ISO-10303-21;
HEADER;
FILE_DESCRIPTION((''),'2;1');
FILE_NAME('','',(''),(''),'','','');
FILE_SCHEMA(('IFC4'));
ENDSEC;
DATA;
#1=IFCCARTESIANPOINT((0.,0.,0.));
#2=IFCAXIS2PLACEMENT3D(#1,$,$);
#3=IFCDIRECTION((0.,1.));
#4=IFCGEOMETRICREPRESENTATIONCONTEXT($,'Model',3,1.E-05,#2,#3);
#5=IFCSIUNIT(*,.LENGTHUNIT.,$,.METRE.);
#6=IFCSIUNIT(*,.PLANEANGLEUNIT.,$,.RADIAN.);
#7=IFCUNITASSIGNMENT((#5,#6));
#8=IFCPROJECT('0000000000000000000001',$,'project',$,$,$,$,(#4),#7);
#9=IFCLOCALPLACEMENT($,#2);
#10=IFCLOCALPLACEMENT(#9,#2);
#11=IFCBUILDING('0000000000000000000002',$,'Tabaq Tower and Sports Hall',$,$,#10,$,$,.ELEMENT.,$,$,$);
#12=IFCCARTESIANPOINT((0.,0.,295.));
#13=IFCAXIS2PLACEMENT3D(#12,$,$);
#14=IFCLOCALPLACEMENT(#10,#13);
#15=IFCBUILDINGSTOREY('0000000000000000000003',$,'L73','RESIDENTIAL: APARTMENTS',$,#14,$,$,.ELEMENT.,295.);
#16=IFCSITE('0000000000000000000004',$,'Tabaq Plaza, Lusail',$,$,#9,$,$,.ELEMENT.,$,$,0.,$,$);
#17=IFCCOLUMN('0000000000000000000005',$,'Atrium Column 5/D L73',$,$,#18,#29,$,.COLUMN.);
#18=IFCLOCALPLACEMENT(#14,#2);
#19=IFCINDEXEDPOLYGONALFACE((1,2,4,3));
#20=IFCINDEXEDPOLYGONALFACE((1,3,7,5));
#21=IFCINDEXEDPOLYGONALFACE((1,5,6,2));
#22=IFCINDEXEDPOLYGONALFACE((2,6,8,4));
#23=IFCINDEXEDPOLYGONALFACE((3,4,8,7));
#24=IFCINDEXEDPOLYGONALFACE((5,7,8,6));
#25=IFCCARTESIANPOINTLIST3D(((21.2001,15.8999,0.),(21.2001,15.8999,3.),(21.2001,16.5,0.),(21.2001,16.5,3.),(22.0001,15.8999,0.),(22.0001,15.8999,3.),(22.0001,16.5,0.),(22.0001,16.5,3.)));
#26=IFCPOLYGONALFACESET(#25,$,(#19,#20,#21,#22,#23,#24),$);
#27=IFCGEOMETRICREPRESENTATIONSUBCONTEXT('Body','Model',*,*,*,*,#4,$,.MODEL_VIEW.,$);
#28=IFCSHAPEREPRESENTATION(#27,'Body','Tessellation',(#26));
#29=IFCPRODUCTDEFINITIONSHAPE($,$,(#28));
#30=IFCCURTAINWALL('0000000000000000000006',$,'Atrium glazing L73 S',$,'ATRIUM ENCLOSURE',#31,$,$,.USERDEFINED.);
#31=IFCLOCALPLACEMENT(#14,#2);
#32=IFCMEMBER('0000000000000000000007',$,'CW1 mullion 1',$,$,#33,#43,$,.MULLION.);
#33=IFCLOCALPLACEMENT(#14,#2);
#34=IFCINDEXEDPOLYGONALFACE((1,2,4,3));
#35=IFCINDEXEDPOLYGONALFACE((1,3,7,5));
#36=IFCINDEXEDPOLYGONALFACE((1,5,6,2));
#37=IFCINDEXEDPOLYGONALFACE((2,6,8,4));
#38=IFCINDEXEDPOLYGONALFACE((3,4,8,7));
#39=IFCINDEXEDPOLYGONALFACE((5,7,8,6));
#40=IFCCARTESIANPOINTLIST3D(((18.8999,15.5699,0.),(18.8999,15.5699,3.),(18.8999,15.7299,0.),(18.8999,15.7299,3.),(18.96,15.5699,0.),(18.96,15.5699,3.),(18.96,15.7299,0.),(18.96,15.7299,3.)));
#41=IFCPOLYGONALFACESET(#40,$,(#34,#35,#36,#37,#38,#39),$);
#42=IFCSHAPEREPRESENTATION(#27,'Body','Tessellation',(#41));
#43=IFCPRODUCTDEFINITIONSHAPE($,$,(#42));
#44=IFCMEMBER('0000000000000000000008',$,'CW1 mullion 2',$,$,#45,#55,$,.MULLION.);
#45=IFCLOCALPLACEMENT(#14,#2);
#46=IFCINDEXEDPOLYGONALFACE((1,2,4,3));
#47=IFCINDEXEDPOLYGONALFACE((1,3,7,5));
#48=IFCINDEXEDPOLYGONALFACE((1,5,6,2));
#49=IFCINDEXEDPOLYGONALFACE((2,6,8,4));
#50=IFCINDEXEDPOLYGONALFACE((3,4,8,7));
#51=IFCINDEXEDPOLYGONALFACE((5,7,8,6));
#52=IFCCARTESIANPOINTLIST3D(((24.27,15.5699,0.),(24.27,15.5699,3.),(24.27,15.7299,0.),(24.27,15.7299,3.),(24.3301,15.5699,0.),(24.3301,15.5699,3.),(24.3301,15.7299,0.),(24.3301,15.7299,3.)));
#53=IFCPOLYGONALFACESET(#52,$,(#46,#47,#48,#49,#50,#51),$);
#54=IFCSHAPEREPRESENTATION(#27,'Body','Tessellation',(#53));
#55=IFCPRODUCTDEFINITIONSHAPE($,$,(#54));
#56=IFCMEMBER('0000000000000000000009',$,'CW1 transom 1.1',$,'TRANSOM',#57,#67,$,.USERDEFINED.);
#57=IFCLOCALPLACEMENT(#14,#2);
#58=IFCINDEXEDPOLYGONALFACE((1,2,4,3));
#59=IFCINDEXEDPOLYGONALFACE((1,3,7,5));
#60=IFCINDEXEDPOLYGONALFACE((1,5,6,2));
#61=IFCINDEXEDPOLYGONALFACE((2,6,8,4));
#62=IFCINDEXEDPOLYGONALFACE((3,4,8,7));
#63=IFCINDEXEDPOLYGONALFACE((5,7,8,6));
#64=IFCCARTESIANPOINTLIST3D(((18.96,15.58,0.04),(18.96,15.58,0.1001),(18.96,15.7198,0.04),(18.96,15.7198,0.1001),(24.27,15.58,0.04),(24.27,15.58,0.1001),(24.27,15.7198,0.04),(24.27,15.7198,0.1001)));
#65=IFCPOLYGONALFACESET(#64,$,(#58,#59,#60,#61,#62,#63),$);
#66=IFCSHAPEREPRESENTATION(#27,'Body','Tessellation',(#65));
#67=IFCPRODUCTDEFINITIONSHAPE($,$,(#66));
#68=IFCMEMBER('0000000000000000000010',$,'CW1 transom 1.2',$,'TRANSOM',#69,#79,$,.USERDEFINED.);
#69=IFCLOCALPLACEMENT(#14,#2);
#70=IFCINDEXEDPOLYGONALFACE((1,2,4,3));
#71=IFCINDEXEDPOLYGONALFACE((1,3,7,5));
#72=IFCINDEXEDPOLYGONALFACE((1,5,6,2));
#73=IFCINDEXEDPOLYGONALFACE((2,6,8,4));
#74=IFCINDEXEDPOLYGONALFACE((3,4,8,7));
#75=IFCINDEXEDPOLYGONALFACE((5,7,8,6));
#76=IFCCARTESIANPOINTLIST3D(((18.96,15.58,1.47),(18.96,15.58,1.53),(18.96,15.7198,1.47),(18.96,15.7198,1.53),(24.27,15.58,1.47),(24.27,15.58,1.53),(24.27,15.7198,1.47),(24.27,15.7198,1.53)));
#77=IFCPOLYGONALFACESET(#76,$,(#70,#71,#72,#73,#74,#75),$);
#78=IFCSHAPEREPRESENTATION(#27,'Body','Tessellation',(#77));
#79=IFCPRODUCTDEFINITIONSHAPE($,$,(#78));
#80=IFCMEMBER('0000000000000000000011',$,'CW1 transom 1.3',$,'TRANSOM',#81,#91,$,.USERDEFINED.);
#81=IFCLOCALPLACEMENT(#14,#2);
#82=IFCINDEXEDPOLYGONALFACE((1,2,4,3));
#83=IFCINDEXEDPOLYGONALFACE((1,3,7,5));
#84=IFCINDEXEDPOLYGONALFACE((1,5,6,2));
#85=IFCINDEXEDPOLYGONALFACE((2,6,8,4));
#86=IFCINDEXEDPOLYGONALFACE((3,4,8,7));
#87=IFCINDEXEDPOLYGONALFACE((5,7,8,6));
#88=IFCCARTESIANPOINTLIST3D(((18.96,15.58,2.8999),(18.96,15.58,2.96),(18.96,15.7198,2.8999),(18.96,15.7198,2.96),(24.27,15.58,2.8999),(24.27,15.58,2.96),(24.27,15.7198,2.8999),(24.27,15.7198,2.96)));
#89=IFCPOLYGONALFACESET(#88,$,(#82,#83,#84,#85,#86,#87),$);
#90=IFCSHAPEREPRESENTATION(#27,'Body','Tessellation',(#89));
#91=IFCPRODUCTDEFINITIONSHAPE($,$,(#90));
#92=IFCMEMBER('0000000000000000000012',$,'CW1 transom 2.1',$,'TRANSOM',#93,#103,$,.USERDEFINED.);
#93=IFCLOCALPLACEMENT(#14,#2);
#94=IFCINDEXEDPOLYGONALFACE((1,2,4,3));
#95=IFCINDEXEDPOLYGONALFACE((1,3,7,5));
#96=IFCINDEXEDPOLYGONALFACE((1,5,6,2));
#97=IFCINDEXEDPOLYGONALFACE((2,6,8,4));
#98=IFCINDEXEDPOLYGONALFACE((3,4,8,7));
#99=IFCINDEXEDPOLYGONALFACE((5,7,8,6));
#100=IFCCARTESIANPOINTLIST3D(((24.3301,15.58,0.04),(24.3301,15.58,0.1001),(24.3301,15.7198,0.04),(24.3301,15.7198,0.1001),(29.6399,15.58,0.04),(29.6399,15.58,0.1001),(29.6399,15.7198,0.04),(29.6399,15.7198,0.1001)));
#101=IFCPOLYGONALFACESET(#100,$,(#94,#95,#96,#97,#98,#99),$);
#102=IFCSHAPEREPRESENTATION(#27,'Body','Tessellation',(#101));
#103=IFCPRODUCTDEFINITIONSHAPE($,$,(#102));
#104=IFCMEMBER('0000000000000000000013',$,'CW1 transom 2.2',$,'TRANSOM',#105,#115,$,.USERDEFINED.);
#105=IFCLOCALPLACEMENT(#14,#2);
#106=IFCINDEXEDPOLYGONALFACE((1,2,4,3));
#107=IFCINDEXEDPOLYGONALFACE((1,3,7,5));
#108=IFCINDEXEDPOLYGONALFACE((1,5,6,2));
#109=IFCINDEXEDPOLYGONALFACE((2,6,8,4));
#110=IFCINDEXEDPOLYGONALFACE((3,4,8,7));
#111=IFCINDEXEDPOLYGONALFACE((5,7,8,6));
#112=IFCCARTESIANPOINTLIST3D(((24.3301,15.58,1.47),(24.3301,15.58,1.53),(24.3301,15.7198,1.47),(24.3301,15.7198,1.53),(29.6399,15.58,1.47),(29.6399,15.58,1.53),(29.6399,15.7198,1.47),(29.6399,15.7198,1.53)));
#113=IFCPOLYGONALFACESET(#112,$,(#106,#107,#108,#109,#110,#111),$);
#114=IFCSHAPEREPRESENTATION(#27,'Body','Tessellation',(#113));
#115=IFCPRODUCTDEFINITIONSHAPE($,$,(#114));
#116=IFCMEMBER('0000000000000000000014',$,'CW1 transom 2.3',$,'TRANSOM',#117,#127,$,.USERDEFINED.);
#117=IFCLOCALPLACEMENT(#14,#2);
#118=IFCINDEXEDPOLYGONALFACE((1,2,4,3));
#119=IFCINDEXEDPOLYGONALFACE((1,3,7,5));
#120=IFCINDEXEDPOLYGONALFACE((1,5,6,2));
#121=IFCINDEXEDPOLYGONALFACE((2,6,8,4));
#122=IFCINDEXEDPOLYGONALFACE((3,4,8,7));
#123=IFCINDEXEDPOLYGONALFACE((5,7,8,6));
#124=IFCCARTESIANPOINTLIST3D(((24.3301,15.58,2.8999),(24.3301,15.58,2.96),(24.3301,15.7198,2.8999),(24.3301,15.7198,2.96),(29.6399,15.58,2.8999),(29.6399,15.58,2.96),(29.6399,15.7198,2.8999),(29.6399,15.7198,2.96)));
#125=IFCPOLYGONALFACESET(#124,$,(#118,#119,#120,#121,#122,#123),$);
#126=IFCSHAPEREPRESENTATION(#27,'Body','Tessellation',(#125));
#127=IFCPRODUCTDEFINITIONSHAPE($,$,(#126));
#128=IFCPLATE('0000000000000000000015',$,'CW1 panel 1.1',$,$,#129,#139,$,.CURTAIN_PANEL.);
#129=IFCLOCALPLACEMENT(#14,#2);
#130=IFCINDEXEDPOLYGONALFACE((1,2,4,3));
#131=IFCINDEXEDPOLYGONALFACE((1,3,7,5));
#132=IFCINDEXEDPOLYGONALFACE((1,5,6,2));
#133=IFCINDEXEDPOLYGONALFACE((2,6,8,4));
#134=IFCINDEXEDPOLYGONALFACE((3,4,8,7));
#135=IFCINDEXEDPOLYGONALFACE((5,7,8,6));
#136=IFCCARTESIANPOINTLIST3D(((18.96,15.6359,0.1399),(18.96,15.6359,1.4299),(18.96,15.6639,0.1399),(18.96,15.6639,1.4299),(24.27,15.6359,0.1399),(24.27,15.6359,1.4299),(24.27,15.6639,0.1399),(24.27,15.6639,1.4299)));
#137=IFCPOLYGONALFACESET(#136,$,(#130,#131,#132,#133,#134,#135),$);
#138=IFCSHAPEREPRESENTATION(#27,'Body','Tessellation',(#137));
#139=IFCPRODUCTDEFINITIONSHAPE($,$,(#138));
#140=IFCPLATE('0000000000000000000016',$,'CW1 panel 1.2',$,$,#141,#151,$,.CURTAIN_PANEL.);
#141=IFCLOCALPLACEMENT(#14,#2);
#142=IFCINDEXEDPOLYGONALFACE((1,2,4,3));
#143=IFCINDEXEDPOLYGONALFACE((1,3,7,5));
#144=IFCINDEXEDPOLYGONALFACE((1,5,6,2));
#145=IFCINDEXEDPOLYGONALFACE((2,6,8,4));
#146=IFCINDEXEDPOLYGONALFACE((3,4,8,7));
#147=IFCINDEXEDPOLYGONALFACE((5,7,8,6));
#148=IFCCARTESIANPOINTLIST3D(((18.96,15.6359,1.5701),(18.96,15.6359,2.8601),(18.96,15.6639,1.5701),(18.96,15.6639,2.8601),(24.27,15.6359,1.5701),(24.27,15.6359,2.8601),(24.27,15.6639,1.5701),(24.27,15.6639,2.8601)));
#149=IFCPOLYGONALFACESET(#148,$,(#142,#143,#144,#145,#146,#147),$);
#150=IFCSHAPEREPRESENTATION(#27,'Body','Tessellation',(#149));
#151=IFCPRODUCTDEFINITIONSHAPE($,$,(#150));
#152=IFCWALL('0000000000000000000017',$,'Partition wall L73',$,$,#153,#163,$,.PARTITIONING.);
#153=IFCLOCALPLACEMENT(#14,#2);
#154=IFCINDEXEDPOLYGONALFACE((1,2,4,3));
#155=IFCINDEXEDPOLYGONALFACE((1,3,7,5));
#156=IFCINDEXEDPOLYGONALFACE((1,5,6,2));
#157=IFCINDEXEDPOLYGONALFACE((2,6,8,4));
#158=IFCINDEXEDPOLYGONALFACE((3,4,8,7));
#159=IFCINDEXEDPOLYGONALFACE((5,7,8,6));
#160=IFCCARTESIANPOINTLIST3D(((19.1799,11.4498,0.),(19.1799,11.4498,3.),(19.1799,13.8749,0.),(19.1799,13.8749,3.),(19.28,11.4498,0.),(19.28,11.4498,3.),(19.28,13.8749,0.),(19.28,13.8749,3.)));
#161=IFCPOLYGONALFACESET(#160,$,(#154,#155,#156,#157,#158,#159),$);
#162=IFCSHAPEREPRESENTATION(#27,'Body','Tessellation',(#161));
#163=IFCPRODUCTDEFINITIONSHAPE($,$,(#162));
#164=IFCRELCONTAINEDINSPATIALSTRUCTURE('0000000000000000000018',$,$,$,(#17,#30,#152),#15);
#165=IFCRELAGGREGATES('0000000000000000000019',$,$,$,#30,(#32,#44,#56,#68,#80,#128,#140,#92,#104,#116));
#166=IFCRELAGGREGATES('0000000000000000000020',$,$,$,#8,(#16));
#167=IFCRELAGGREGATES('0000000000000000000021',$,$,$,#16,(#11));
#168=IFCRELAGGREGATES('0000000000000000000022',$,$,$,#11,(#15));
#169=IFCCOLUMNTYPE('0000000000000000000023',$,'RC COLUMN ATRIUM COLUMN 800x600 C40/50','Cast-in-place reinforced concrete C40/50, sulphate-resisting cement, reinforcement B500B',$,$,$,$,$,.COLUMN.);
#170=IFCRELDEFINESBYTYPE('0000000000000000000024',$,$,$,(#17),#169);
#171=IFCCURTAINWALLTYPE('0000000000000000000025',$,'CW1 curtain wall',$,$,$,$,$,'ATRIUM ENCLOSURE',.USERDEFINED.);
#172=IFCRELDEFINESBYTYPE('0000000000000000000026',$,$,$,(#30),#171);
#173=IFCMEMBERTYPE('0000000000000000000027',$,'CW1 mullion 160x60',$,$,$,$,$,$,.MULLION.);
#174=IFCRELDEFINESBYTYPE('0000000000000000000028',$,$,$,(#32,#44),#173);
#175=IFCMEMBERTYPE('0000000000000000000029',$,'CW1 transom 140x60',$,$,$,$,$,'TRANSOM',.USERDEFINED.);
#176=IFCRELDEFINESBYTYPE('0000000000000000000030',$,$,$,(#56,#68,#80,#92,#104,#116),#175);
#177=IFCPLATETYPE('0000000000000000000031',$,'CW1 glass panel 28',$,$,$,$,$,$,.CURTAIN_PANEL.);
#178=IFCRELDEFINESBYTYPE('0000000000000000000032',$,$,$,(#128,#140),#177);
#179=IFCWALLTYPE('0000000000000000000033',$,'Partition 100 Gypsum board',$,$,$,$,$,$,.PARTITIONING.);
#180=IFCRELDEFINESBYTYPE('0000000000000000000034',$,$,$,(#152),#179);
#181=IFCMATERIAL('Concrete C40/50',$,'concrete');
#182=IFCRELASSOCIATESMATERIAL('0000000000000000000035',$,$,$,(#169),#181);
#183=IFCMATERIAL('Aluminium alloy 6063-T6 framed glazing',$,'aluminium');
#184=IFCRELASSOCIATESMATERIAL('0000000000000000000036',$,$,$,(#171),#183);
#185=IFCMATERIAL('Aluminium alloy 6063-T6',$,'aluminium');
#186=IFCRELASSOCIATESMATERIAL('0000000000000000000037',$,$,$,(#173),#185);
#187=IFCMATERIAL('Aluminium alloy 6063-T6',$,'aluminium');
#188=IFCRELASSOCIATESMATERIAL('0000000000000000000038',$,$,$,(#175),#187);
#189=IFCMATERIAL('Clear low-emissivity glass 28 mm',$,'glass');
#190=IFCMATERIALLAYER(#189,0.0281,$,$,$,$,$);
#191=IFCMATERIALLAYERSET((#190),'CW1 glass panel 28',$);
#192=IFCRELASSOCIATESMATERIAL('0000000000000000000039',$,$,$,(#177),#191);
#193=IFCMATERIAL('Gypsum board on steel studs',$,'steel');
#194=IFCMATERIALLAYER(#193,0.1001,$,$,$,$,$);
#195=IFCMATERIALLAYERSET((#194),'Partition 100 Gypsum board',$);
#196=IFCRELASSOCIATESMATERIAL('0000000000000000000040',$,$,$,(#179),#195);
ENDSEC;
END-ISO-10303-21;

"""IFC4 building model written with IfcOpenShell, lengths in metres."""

from ifc_helpers import new_model, si_unit, direction, frame, frame_2d, origin, origin_2d, place, context, subcontext, project, spatial, rectangle, extrude, material, layer, layer_set, material_profile, profile_set, type_object, element, aggregate, save


model = new_model("IFC4")

# Units and contexts
model_context = context("Model", 3, precision=1e-05, world=origin(), true_north=direction((0.0, 1.0)))
body_context = subcontext(model_context, "Body", "Model", "MODEL_VIEW")
ifc_project = project(units=[si_unit("LENGTHUNIT", "METRE"), si_unit("PLANEANGLEUNIT", "RADIAN")], contexts=[model_context])

# Site, building, storey
site_placement = place(None, origin())
site = spatial("IfcSite", under=ifc_project, at=site_placement, Name="Tabaq Plaza, Lusail", CompositionType="ELEMENT", RefElevation=0.0)
building_placement = place(site_placement, origin())
building = spatial("IfcBuilding", under=site, at=building_placement, Name="Tabaq Tower and Sports Hall", CompositionType="ELEMENT")
storey_placement = place(building_placement, frame((0.0, 0.0, 295.0)))
storey = spatial("IfcBuildingStorey", under=building, at=storey_placement, Name="L73", Description="RESIDENTIAL: APARTMENTS", CompositionType="ELEMENT", Elevation=295.0)

# Column
ifc_material_1 = material(Name="Concrete C40/50", Category="concrete")
ifc_material_profile_1 = material_profile(ifc_material_1, rectangle(XDim=0.8, YDim=0.6001, at=origin_2d()), Name="ATRIUM COLUMN 800x600")
ifc_profile_set_1 = profile_set([ifc_material_profile_1], Name="Concrete C40/50")
column_type = type_object("IfcColumnType", Name="RC COLUMN ATRIUM COLUMN 800x600 C40/50", Description="Cast-in-place reinforced concrete C40/50, sulphate-resisting cement, reinforcement B500B", PredefinedType="COLUMN", material=ifc_profile_set_1)
column_placement = place(storey_placement, frame((21.6001, 16.2, 0.0), z_axis=(0.0, 0.0, 1.0), x_axis=(1.0, 0.0, 0.0)))
element("IfcColumn", 1, at=column_placement, inside=storey, type_object=column_type, Name="Atrium Column 5/D L73", PredefinedType="COLUMN", context=body_context, shape_type="SweptSolid", body=[
    extrude(rectangle(XDim=0.8, YDim=0.6001, at=origin_2d()), origin(), (0.0, 0.0, 1.0), 3.0),
])

# Curtain wall, members, plates
ifc_material_2 = material(Name="Aluminium alloy 6063-T6 framed glazing", Category="aluminium")
curtain_wall_type = type_object("IfcCurtainWallType", Name="CW1 curtain wall", ElementType="ATRIUM ENCLOSURE", PredefinedType="USERDEFINED", material=ifc_material_2)
curtain_wall_placement = place(storey_placement, origin())
curtain_wall = element("IfcCurtainWall", 2, at=curtain_wall_placement, inside=storey, type_object=curtain_wall_type, Name="Atrium glazing L73 S", ObjectType="ATRIUM ENCLOSURE", PredefinedType="USERDEFINED")
ifc_material_3 = material(Name="Aluminium alloy 6063-T6", Category="aluminium")
ifc_material_profile_2 = material_profile(ifc_material_3, rectangle(XDim=0.1599, YDim=0.0601, at=origin_2d()), Name="MULLION 160x60")
ifc_profile_set_2 = profile_set([ifc_material_profile_2], Name="Aluminium alloy 6063-T6")
member_type_1 = type_object("IfcMemberType", Name="CW1 mullion 160x60", PredefinedType="MULLION", material=ifc_profile_set_2)
member_1_placement = place(storey_placement, frame((18.9299, 15.6499, 0.0), z_axis=(0.0, 0.0, 1.0), x_axis=(0.0, 1.0, 0.0)))
member_1 = element("IfcMember", 3, at=member_1_placement, type_object=member_type_1, Name="CW1 mullion 1", PredefinedType="MULLION", context=body_context, shape_type="SweptSolid", body=[
    extrude(rectangle(XDim=0.1599, YDim=0.0601, at=origin_2d()), origin(), (0.0, 0.0, 1.0), 3.0),
])
member_2_placement = place(storey_placement, frame((24.3, 15.6499, 0.0), z_axis=(0.0, 0.0, 1.0), x_axis=(0.0, 1.0, 0.0)))
member_2 = element("IfcMember", 4, at=member_2_placement, type_object=member_type_1, Name="CW1 mullion 2", PredefinedType="MULLION", context=body_context, shape_type="SweptSolid", body=[
    extrude(rectangle(XDim=0.1599, YDim=0.0601, at=origin_2d()), origin(), (0.0, 0.0, 1.0), 3.0),
])
ifc_material_4 = material(Name="Aluminium alloy 6063-T6", Category="aluminium")
ifc_material_profile_3 = material_profile(ifc_material_4, rectangle(XDim=0.1399, YDim=0.0601, at=origin_2d()), Name="TRANSOM 140x60")
ifc_profile_set_3 = profile_set([ifc_material_profile_3], Name="Aluminium alloy 6063-T6")
member_type_2 = type_object("IfcMemberType", Name="CW1 transom 140x60", ElementType="TRANSOM", PredefinedType="USERDEFINED", material=ifc_profile_set_3)
member_3_placement = place(storey_placement, frame((18.96, 15.6499, 0.0701), z_axis=(1.0, 0.0, 0.0), x_axis=(0.0, 1.0, 0.0)))
member_3 = element("IfcMember", 5, at=member_3_placement, type_object=member_type_2, Name="CW1 transom 1.1", ObjectType="TRANSOM", PredefinedType="USERDEFINED", context=body_context, shape_type="SweptSolid", body=[
    extrude(rectangle(XDim=0.1399, YDim=0.0601, at=origin_2d()), origin(), (0.0, 0.0, 1.0), 5.3101),
])
member_4_placement = place(storey_placement, frame((18.96, 15.6499, 1.5), z_axis=(1.0, 0.0, 0.0), x_axis=(0.0, 1.0, 0.0)))
member_4 = element("IfcMember", 6, at=member_4_placement, type_object=member_type_2, Name="CW1 transom 1.2", ObjectType="TRANSOM", PredefinedType="USERDEFINED", context=body_context, shape_type="SweptSolid", body=[
    extrude(rectangle(XDim=0.1399, YDim=0.0601, at=origin_2d()), origin(), (0.0, 0.0, 1.0), 5.3101),
])
member_5_placement = place(storey_placement, frame((18.96, 15.6499, 2.9299), z_axis=(1.0, 0.0, 0.0), x_axis=(0.0, 1.0, 0.0)))
member_5 = element("IfcMember", 7, at=member_5_placement, type_object=member_type_2, Name="CW1 transom 1.3", ObjectType="TRANSOM", PredefinedType="USERDEFINED", context=body_context, shape_type="SweptSolid", body=[
    extrude(rectangle(XDim=0.1399, YDim=0.0601, at=origin_2d()), origin(), (0.0, 0.0, 1.0), 5.3101),
])
member_6_placement = place(storey_placement, frame((24.3301, 15.6499, 0.0701), z_axis=(1.0, 0.0, 0.0), x_axis=(0.0, 1.0, 0.0)))
member_6 = element("IfcMember", 8, at=member_6_placement, type_object=member_type_2, Name="CW1 transom 2.1", ObjectType="TRANSOM", PredefinedType="USERDEFINED", context=body_context, shape_type="SweptSolid", body=[
    extrude(rectangle(XDim=0.1399, YDim=0.0601, at=origin_2d()), origin(), (0.0, 0.0, 1.0), 5.3098),
])
member_7_placement = place(storey_placement, frame((24.3301, 15.6499, 1.5), z_axis=(1.0, 0.0, 0.0), x_axis=(0.0, 1.0, 0.0)))
member_7 = element("IfcMember", 9, at=member_7_placement, type_object=member_type_2, Name="CW1 transom 2.2", ObjectType="TRANSOM", PredefinedType="USERDEFINED", context=body_context, shape_type="SweptSolid", body=[
    extrude(rectangle(XDim=0.1399, YDim=0.0601, at=origin_2d()), origin(), (0.0, 0.0, 1.0), 5.3098),
])
member_8_placement = place(storey_placement, frame((24.3301, 15.6499, 2.9299), z_axis=(1.0, 0.0, 0.0), x_axis=(0.0, 1.0, 0.0)))
member_8 = element("IfcMember", 10, at=member_8_placement, type_object=member_type_2, Name="CW1 transom 2.3", ObjectType="TRANSOM", PredefinedType="USERDEFINED", context=body_context, shape_type="SweptSolid", body=[
    extrude(rectangle(XDim=0.1399, YDim=0.0601, at=origin_2d()), origin(), (0.0, 0.0, 1.0), 5.3098),
])
ifc_material_5 = material(Name="Clear low-emissivity glass 28 mm", Category="glass")
ifc_layer_1 = layer(ifc_material_5, 0.0281)
ifc_layer_set_1 = layer_set([ifc_layer_1], Name="CW1 glass panel 28")
plate_type = type_object("IfcPlateType", Name="CW1 glass panel 28", PredefinedType="CURTAIN_PANEL", material=ifc_layer_set_1)
plate_1_placement = place(storey_placement, frame((21.615, 15.6499, 0.1399), z_axis=(0.0, 0.0, 1.0), x_axis=(1.0, 0.0, 0.0)))
plate_1 = element("IfcPlate", 11, at=plate_1_placement, type_object=plate_type, Name="CW1 panel 1.1", PredefinedType="CURTAIN_PANEL", context=body_context, shape_type="SweptSolid", body=[
    extrude(rectangle(XDim=5.3101, YDim=0.0281, at=origin_2d()), origin(), (0.0, 0.0, 1.0), 1.29),
])
plate_2_placement = place(storey_placement, frame((21.615, 15.6499, 1.5701), z_axis=(0.0, 0.0, 1.0), x_axis=(1.0, 0.0, 0.0)))
plate_2 = element("IfcPlate", 12, at=plate_2_placement, type_object=plate_type, Name="CW1 panel 1.2", PredefinedType="CURTAIN_PANEL", context=body_context, shape_type="SweptSolid", body=[
    extrude(rectangle(XDim=5.3101, YDim=0.0281, at=origin_2d()), origin(), (0.0, 0.0, 1.0), 1.29),
])
aggregate(curtain_wall, [member_1, member_2, member_3, member_4, member_5, plate_1, plate_2, member_6, member_7, member_8])

# Wall
ifc_material_6 = material(Name="Gypsum board on steel studs", Category="steel")
ifc_layer_2 = layer(ifc_material_6, 0.1001)
ifc_layer_set_2 = layer_set([ifc_layer_2], Name="Partition 100 Gypsum board")
wall_type_1 = type_object("IfcWallType", Name="Partition 100 Gypsum board", PredefinedType="PARTITIONING", material=ifc_layer_set_2)
wall_1_placement = place(storey_placement, frame((19.23, 11.45, 0.0), z_axis=(0.0, 0.0, 1.0), x_axis=(0.0, 1.0, 0.0)))
element("IfcWall", 13, at=wall_1_placement, inside=storey, type_object=wall_type_1, Name="Partition wall L73", PredefinedType="PARTITIONING", context=body_context, shape_type="SweptSolid", body=[
    extrude(rectangle(XDim=2.425, YDim=0.1001, at=frame_2d((1.2124, 0.0))), origin(), (0.0, 0.0, 1.0), 3.0),
])

save(model, "model.ifc")
